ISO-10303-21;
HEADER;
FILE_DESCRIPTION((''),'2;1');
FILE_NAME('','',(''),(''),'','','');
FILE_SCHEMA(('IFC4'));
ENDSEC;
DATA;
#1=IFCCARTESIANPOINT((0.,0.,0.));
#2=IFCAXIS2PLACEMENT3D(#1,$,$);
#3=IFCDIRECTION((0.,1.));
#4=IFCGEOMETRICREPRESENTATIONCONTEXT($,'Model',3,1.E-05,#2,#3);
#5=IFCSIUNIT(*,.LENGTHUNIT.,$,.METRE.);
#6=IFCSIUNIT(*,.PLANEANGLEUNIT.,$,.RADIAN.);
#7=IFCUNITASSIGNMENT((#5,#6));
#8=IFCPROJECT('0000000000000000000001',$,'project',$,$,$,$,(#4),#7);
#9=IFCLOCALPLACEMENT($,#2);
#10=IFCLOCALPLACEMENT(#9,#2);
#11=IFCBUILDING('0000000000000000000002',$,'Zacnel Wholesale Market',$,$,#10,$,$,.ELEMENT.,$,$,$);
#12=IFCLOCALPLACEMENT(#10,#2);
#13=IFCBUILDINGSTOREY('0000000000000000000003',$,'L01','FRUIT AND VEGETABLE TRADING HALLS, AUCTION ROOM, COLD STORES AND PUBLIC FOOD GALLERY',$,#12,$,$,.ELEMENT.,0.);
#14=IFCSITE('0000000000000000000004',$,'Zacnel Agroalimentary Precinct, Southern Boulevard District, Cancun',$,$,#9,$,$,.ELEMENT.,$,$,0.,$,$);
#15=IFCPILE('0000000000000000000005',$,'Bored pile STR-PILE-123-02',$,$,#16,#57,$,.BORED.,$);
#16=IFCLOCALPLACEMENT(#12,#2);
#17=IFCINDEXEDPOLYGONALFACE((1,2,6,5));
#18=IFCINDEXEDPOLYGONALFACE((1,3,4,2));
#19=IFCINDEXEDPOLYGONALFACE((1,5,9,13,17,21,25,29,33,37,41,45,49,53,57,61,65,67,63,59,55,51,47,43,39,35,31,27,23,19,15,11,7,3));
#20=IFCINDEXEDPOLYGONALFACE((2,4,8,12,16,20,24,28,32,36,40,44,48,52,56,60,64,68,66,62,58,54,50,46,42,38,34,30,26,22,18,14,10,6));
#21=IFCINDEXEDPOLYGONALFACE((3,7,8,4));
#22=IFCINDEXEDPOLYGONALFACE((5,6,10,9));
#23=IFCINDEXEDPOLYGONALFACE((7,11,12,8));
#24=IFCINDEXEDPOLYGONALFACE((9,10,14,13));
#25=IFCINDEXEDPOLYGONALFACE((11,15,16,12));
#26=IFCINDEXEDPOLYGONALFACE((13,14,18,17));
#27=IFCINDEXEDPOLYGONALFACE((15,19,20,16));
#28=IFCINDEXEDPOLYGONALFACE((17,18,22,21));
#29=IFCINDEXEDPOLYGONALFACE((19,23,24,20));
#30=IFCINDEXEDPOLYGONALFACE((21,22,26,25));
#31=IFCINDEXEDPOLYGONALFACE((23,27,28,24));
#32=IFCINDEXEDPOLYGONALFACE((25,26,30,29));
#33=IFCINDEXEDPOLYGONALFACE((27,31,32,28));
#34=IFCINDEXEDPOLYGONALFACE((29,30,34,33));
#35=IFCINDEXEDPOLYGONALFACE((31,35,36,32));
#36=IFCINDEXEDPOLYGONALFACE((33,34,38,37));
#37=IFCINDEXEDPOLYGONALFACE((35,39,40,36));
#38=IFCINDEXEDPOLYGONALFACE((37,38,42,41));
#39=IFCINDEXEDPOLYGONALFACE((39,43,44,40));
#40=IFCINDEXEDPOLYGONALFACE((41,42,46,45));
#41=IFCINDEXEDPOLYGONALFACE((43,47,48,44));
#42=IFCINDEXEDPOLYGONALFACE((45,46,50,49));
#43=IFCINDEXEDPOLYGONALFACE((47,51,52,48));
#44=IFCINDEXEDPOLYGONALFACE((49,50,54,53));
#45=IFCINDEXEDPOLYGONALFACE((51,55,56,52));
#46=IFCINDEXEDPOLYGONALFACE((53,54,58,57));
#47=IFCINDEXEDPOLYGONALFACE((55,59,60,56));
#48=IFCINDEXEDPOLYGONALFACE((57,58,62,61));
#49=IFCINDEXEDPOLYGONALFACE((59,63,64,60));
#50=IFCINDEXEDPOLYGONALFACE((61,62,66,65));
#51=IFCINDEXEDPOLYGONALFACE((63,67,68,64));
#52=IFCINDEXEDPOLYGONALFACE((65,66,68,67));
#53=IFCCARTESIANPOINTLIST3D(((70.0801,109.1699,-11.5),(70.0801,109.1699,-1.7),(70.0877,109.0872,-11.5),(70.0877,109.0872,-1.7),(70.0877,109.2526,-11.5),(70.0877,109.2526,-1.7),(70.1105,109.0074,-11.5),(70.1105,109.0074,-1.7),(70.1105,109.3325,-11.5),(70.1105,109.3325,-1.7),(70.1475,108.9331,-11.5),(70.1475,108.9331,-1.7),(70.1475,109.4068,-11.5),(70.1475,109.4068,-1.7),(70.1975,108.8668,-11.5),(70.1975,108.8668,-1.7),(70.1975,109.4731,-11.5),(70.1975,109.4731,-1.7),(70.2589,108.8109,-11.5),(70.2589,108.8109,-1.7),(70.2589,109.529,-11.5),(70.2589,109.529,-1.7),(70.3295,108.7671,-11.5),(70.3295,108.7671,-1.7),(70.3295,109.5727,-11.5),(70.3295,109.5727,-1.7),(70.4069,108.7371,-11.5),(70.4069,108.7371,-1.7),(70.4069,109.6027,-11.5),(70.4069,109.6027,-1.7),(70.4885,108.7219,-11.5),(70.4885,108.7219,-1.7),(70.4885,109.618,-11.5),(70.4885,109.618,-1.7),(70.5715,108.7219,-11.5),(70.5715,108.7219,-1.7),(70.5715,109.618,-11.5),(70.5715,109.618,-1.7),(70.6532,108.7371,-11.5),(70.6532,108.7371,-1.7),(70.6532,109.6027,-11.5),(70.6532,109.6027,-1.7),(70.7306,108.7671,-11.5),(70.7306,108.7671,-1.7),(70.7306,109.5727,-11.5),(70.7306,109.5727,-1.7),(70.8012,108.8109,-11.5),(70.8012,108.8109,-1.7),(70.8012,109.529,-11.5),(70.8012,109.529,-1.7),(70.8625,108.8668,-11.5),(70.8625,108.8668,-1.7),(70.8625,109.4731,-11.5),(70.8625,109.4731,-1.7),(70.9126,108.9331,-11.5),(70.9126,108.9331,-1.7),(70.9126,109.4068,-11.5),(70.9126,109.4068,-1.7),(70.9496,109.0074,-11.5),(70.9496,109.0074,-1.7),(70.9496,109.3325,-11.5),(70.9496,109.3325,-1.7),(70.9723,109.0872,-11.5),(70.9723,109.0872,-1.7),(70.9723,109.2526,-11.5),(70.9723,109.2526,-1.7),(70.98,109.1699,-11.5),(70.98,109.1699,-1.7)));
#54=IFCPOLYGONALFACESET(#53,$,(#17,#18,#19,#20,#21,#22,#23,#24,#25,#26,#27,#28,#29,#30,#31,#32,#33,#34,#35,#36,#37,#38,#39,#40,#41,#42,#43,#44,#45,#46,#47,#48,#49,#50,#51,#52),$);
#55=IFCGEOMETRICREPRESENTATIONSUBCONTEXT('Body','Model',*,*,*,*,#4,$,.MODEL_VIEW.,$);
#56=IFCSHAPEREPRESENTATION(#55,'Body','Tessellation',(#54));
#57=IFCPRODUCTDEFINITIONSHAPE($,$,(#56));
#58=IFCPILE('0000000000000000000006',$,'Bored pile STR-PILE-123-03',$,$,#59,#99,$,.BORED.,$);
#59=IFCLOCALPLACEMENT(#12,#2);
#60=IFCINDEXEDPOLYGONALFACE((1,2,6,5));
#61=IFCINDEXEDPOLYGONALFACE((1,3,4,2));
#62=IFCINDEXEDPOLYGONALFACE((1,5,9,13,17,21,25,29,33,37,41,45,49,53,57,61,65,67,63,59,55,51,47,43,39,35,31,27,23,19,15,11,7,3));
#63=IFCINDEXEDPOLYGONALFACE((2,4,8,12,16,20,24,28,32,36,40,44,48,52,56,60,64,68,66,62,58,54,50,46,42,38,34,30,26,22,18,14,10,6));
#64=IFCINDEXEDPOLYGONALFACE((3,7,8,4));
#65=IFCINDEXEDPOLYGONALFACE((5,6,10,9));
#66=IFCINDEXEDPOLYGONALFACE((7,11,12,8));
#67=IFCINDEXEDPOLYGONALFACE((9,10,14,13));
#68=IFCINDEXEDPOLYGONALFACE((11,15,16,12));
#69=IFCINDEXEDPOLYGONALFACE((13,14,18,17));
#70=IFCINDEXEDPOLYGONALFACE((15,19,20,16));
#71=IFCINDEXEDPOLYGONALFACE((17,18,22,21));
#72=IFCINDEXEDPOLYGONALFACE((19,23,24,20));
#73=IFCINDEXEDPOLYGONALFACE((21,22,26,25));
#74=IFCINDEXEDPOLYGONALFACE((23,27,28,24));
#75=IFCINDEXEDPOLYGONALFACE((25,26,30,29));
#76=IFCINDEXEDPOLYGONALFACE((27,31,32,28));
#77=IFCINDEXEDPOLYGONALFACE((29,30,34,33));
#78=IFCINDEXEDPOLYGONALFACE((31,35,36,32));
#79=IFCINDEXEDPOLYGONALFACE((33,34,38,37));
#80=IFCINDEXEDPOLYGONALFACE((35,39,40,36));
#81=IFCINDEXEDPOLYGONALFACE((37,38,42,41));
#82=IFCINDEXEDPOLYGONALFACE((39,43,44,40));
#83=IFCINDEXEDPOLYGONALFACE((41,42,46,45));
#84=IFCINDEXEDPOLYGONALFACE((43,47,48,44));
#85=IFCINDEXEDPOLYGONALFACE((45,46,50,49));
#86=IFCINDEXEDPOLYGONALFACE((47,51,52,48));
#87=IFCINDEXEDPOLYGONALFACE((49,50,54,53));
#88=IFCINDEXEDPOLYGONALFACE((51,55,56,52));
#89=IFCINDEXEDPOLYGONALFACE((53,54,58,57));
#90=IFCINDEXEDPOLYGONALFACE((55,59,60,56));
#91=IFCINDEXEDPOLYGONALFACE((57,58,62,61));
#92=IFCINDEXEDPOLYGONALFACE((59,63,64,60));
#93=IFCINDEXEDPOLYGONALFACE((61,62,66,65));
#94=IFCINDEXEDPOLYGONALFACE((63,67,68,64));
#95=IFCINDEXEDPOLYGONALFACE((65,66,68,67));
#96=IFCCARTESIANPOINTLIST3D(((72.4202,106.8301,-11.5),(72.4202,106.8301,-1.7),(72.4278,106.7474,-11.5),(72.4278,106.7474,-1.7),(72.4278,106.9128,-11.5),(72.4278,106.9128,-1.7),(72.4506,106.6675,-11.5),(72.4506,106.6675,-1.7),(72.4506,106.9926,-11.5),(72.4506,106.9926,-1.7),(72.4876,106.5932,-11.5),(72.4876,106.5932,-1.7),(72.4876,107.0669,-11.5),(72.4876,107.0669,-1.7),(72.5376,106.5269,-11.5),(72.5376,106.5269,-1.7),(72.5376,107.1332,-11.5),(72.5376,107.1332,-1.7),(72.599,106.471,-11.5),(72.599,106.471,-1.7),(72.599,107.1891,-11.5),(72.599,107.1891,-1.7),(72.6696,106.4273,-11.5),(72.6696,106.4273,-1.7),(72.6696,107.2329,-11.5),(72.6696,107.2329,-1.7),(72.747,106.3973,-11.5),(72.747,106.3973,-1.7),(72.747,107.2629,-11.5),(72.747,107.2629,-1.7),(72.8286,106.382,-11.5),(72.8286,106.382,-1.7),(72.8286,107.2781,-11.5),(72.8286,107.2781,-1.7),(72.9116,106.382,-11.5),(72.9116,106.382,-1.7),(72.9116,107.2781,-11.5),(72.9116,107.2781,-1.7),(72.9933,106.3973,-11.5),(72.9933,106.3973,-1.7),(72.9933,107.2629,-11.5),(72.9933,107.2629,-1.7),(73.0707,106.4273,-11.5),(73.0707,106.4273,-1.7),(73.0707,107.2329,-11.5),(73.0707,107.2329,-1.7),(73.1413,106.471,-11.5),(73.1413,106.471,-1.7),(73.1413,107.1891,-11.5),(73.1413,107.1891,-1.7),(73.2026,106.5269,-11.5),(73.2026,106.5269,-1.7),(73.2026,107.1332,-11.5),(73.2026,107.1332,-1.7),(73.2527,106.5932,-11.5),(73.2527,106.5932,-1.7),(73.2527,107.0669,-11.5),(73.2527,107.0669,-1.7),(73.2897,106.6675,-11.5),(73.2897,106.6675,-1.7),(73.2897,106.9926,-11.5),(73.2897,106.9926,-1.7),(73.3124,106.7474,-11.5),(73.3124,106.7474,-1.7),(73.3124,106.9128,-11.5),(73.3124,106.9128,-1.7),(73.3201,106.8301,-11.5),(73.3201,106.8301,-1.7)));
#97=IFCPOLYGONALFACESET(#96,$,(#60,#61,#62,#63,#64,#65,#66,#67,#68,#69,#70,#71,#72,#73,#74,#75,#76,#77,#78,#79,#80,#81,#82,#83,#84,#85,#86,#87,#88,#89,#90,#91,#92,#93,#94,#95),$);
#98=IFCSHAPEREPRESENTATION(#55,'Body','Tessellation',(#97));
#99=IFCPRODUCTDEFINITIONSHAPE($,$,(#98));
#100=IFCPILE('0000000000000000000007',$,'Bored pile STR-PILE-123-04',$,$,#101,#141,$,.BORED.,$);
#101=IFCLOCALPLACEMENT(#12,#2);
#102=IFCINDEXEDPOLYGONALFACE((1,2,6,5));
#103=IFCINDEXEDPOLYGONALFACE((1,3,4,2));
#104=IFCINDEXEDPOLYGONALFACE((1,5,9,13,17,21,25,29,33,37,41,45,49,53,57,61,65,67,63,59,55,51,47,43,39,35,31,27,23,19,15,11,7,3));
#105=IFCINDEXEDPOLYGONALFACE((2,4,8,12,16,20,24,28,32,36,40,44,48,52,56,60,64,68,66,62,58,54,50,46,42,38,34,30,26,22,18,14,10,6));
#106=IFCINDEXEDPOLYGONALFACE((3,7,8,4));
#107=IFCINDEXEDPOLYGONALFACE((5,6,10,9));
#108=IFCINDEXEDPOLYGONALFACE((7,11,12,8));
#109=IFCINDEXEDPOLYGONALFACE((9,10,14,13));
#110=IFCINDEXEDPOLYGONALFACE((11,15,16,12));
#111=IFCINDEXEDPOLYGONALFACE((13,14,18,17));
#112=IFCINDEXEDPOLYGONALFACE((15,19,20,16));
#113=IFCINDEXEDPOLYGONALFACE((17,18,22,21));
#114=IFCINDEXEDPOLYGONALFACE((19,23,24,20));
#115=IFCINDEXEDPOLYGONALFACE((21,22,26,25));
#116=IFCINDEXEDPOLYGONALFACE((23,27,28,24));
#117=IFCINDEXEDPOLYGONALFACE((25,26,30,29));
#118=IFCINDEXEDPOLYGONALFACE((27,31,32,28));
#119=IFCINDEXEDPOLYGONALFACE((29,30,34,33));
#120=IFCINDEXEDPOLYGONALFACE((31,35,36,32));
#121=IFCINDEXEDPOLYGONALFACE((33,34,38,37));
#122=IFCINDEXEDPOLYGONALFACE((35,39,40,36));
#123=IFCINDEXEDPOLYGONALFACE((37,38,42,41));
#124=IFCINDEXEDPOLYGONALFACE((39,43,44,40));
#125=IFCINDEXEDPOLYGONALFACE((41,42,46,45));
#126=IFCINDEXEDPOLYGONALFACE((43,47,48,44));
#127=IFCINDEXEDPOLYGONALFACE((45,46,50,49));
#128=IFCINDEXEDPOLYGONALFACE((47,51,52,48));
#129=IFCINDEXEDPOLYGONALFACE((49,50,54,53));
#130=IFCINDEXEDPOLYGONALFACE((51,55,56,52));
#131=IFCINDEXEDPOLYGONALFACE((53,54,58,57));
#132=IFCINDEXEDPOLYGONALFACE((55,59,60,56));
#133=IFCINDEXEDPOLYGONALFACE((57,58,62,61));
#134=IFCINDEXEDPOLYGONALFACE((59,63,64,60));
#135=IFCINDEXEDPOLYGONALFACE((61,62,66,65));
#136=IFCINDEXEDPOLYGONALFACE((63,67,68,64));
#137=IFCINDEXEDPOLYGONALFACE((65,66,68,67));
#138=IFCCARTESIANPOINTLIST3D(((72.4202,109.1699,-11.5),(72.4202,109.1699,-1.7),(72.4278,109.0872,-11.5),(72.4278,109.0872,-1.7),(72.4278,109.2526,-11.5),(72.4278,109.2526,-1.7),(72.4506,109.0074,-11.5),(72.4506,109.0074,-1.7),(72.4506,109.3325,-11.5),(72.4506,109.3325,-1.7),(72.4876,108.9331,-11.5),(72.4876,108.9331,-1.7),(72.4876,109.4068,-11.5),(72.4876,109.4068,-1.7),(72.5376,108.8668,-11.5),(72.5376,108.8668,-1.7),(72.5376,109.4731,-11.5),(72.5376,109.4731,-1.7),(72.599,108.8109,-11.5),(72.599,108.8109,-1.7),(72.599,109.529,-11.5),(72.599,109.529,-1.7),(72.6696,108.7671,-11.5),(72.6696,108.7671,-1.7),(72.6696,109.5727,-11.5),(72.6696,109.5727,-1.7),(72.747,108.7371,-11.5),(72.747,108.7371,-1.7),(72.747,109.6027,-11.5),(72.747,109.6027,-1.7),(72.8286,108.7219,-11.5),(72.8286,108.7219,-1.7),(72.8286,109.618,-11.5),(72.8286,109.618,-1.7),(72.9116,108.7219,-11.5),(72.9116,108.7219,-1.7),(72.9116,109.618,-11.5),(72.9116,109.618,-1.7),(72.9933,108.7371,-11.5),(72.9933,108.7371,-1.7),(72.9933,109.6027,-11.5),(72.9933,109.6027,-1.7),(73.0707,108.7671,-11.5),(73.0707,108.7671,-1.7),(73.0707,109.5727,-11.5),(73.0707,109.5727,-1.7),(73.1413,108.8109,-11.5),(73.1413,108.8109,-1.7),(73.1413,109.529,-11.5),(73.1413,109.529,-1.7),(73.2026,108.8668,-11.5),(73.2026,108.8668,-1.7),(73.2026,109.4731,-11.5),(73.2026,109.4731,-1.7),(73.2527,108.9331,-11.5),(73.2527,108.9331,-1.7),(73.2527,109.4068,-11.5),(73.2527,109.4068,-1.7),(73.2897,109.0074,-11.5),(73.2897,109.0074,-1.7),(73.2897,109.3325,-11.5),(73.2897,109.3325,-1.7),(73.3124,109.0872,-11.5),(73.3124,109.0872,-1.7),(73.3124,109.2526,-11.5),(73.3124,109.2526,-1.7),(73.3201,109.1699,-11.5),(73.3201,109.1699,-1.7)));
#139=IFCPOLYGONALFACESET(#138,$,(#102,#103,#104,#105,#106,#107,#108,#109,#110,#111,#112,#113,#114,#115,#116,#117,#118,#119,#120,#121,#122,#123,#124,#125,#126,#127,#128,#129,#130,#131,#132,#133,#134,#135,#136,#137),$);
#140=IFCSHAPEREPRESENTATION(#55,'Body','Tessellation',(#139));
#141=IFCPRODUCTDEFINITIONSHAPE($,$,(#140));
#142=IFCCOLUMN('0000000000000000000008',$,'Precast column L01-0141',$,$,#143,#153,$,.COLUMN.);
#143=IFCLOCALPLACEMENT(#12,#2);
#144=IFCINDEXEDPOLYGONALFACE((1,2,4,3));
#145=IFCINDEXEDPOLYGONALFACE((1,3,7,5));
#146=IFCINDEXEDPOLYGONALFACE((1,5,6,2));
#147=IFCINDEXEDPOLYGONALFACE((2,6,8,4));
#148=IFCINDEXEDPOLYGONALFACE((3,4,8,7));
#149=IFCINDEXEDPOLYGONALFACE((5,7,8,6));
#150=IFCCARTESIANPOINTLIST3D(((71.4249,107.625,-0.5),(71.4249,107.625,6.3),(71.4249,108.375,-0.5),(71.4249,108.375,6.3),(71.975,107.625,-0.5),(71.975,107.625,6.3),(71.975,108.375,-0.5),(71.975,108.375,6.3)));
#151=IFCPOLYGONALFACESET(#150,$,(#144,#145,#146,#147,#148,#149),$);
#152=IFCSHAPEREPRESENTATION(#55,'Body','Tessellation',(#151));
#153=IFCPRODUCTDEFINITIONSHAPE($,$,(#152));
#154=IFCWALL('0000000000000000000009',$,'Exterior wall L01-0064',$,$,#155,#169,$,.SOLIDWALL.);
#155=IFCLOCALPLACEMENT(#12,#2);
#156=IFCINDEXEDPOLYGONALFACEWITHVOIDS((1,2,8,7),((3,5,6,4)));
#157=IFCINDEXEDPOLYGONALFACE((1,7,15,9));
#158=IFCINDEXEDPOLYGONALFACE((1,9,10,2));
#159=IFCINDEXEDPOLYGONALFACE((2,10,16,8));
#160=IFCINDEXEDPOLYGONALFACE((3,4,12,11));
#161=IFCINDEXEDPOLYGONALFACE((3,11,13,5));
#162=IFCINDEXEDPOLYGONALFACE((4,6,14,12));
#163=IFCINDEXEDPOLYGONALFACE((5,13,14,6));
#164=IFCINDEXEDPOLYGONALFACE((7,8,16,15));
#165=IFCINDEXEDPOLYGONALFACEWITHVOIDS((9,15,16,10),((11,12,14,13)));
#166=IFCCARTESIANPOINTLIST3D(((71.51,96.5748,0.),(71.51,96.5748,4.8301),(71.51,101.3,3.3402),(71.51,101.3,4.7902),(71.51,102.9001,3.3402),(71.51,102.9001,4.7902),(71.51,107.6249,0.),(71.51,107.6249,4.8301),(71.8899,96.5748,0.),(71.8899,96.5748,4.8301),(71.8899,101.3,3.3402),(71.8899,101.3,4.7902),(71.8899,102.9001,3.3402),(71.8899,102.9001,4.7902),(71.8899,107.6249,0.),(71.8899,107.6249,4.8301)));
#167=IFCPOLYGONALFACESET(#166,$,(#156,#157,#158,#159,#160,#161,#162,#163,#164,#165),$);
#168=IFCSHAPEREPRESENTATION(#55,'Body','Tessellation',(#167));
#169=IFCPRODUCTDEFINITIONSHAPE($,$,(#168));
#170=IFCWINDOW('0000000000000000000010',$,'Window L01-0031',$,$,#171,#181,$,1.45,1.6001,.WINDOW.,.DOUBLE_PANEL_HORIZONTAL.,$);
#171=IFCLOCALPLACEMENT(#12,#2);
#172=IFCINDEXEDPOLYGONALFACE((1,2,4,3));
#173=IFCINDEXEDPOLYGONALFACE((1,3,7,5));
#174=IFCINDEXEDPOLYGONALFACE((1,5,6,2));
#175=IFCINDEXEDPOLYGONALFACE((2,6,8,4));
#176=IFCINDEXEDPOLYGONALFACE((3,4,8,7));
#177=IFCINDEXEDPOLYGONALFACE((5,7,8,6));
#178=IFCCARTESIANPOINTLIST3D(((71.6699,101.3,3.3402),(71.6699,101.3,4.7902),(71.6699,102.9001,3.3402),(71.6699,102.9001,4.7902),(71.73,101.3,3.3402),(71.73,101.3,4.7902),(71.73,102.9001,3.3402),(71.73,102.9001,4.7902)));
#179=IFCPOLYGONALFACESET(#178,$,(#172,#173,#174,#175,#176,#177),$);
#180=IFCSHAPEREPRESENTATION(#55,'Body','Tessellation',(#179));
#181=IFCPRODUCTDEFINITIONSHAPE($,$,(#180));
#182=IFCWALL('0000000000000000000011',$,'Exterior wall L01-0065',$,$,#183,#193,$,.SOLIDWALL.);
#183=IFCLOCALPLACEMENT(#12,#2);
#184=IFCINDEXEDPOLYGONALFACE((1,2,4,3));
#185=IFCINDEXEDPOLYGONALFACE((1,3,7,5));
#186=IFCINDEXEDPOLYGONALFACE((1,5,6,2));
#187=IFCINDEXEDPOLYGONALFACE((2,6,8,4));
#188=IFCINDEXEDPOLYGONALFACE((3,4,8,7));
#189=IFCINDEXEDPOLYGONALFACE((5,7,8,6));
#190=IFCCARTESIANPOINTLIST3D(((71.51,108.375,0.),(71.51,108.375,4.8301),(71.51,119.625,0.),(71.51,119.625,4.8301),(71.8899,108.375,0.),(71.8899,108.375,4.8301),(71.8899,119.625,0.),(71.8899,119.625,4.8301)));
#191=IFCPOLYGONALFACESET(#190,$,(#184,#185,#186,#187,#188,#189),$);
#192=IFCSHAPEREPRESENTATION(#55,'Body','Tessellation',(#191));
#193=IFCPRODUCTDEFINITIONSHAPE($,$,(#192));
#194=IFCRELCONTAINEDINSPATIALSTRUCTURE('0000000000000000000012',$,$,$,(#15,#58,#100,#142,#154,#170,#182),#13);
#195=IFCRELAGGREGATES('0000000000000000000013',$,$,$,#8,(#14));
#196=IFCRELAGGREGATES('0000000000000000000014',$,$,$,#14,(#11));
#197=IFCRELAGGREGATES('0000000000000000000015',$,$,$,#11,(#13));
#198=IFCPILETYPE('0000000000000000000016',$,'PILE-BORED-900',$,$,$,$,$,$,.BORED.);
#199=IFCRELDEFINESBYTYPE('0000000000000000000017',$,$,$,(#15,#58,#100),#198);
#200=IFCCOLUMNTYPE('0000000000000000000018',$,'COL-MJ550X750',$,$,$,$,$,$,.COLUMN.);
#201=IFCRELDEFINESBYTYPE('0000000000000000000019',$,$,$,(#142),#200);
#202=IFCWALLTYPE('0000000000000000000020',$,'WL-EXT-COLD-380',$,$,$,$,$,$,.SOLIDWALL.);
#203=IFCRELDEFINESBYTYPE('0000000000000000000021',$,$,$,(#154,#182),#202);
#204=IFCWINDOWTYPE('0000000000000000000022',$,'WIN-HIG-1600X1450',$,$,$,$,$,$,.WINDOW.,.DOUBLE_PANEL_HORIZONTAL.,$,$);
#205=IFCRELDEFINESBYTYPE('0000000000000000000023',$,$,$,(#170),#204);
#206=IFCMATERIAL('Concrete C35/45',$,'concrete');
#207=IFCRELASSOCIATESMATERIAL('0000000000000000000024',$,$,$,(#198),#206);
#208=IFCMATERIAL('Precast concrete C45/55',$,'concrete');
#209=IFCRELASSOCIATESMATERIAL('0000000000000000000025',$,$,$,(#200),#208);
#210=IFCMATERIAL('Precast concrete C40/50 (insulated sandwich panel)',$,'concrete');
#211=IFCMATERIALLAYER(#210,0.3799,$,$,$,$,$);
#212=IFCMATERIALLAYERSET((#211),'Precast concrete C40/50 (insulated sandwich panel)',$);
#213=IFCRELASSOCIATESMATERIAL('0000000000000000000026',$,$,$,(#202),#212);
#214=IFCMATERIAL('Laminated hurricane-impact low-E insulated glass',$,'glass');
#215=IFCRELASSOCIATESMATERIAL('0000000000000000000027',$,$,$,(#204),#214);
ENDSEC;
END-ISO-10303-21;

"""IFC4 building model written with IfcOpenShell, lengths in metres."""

from ifc_helpers import new_model, si_unit, direction, frame, frame_2d, origin, origin_2d, place, context, subcontext, project, spatial, rectangle, circle, extrude, material, layer, layer_set, material_profile, profile_set, type_object, element, fill, save


model = new_model("IFC4")

# Units and contexts
model_context = context("Model", 3, precision=1e-05, world=origin(), true_north=direction((0.0, 1.0)))
body_context = subcontext(model_context, "Body", "Model", "MODEL_VIEW")
ifc_project = project(units=[si_unit("LENGTHUNIT", "METRE"), si_unit("PLANEANGLEUNIT", "RADIAN")], contexts=[model_context])

# Site, building, storey
site_placement = place(None, origin())
site = spatial("IfcSite", under=ifc_project, at=site_placement, Name="Zacnel Agroalimentary Precinct, Southern Boulevard District, Cancun", CompositionType="ELEMENT", RefElevation=0.0)
building_placement = place(site_placement, origin())
building = spatial("IfcBuilding", under=site, at=building_placement, Name="Zacnel Wholesale Market", CompositionType="ELEMENT")
storey_placement = place(building_placement, origin())
storey = spatial("IfcBuildingStorey", under=building, at=storey_placement, Name="L01", Description="FRUIT AND VEGETABLE TRADING HALLS, AUCTION ROOM, COLD STORES AND PUBLIC FOOD GALLERY", CompositionType="ELEMENT", Elevation=0.0)

# Piles
ifc_material_1 = material(Name="Concrete C35/45", Category="concrete")
ifc_material_profile_1 = material_profile(ifc_material_1, circle(Radius=0.45, at=origin_2d()), Name="BORED PILE D900")
ifc_profile_set_1 = profile_set([ifc_material_profile_1], Name="Concrete C35/45")
pile_type_1 = type_object("IfcPileType", Name="PILE-BORED-900", PredefinedType="BORED", material=ifc_profile_set_1)
for number, where, z_axis, x_axis, name in (
    (1, (70.53, 109.1699, -1.7), (0.0, 0.0, -1.0), (1.0, 0.0, 0.0), "Bored pile STR-PILE-123-02"),
    (2, (72.8701, 106.8301, -1.7), (0.0, 0.0, -1.0), (1.0, 0.0, 0.0), "Bored pile STR-PILE-123-03"),
    (3, (72.8701, 109.1699, -1.7), (0.0, 0.0, -1.0), (1.0, 0.0, 0.0), "Bored pile STR-PILE-123-04"),
):
    element("IfcPile", number, at=place(storey_placement, frame(where, z_axis=z_axis, x_axis=x_axis)), inside=storey, type_object=pile_type_1, Name=name, PredefinedType="BORED", context=body_context, shape_type="SweptSolid", body=[
        extrude(circle(Radius=0.45, at=origin_2d()), origin(), (0.0, 0.0, 1.0), 9.8),
    ])

# Column
ifc_material_2 = material(Name="Precast concrete C45/55", Category="concrete")
ifc_material_profile_2 = material_profile(ifc_material_2, rectangle(XDim=0.55, YDim=0.75, at=origin_2d()), Name="PC 550x750")
ifc_profile_set_2 = profile_set([ifc_material_profile_2], Name="Precast concrete C45/55")
column_type = type_object("IfcColumnType", Name="COL-MJ550X750", PredefinedType="COLUMN", material=ifc_profile_set_2)
column_placement = place(storey_placement, frame((71.7, 108.0, -0.5), z_axis=(0.0, 0.0, 1.0), x_axis=(1.0, 0.0, 0.0)))
element("IfcColumn", 4, at=column_placement, inside=storey, type_object=column_type, Name="Precast column L01-0141", PredefinedType="COLUMN", context=body_context, shape_type="SweptSolid", body=[
    extrude(rectangle(XDim=0.55, YDim=0.75, at=origin_2d()), origin(), (0.0, 0.0, 1.0), 6.8),
])

# Wall, opening, window
ifc_material_3 = material(Name="Precast concrete C40/50 (insulated sandwich panel)", Category="concrete")
ifc_layer_1 = layer(ifc_material_3, 0.3799)
ifc_layer_set_1 = layer_set([ifc_layer_1], Name="Precast concrete C40/50 (insulated sandwich panel)")
wall_type_1 = type_object("IfcWallType", Name="WL-EXT-COLD-380", PredefinedType="SOLIDWALL", material=ifc_layer_set_1)
wall_1_placement = place(storey_placement, frame((71.7, 96.575, 0.0), z_axis=(0.0, 0.0, 1.0), x_axis=(0.0, 1.0, 0.0)))
wall_1 = element("IfcWall", 5, at=wall_1_placement, inside=storey, type_object=wall_type_1, Name="Exterior wall L01-0064", PredefinedType="SOLIDWALL", context=body_context, shape_type="SweptSolid", body=[
    extrude(rectangle(XDim=11.05, YDim=0.3799, at=frame_2d((5.5249, 0.0))), origin(), (0.0, 0.0, 1.0), 4.8301),
])
opening_1_placement = place(wall_1_placement, frame((4.7251, 0.0, 3.3401)))
opening_1 = element("IfcOpeningElement", 6, at=opening_1_placement, cuts=wall_1, PredefinedType="OPENING", context=body_context, shape_type="SweptSolid", body=[
    extrude(rectangle(XDim=1.6001, YDim=1.45, at=frame_2d((0.8, 0.7251))), frame((0.0, 0.2, 0.0), z_axis=(0.0, -1.0, 0.0), x_axis=(1.0, 0.0, 0.0)), (0.0, 0.0, 1.0), 0.3999),
])
ifc_material_4 = material(Name="Laminated hurricane-impact low-E insulated glass", Category="glass")
window_type_1 = type_object("IfcWindowType", Name="WIN-HIG-1600X1450", PartitioningType="DOUBLE_PANEL_HORIZONTAL", PredefinedType="WINDOW", material=ifc_material_4)
window_1_placement = place(opening_1_placement, origin())
window_1 = element("IfcWindow", 7, at=window_1_placement, inside=storey, type_object=window_type_1, Name="Window L01-0031", OverallHeight=1.45, OverallWidth=1.6001, PartitioningType="DOUBLE_PANEL_HORIZONTAL", PredefinedType="WINDOW", context=body_context, shape_type="SweptSolid", body=[
    extrude(rectangle(XDim=1.6001, YDim=1.45, at=frame_2d((0.8, 0.7251))), frame((0.0, 0.03, 0.0), z_axis=(0.0, -1.0, 0.0), x_axis=(1.0, 0.0, 0.0)), (0.0, 0.0, 1.0), 0.0601),
])
fill(opening_1, window_1)

# Wall
wall_2_placement = place(storey_placement, frame((71.7, 108.375, 0.0), z_axis=(0.0, 0.0, 1.0), x_axis=(0.0, 1.0, 0.0)))
element("IfcWall", 8, at=wall_2_placement, inside=storey, type_object=wall_type_1, Name="Exterior wall L01-0065", PredefinedType="SOLIDWALL", context=body_context, shape_type="SweptSolid", body=[
    extrude(rectangle(XDim=11.25, YDim=0.3799, at=frame_2d((5.625, 0.0))), origin(), (0.0, 0.0, 1.0), 4.8301),
])

save(model, "model.ifc")
